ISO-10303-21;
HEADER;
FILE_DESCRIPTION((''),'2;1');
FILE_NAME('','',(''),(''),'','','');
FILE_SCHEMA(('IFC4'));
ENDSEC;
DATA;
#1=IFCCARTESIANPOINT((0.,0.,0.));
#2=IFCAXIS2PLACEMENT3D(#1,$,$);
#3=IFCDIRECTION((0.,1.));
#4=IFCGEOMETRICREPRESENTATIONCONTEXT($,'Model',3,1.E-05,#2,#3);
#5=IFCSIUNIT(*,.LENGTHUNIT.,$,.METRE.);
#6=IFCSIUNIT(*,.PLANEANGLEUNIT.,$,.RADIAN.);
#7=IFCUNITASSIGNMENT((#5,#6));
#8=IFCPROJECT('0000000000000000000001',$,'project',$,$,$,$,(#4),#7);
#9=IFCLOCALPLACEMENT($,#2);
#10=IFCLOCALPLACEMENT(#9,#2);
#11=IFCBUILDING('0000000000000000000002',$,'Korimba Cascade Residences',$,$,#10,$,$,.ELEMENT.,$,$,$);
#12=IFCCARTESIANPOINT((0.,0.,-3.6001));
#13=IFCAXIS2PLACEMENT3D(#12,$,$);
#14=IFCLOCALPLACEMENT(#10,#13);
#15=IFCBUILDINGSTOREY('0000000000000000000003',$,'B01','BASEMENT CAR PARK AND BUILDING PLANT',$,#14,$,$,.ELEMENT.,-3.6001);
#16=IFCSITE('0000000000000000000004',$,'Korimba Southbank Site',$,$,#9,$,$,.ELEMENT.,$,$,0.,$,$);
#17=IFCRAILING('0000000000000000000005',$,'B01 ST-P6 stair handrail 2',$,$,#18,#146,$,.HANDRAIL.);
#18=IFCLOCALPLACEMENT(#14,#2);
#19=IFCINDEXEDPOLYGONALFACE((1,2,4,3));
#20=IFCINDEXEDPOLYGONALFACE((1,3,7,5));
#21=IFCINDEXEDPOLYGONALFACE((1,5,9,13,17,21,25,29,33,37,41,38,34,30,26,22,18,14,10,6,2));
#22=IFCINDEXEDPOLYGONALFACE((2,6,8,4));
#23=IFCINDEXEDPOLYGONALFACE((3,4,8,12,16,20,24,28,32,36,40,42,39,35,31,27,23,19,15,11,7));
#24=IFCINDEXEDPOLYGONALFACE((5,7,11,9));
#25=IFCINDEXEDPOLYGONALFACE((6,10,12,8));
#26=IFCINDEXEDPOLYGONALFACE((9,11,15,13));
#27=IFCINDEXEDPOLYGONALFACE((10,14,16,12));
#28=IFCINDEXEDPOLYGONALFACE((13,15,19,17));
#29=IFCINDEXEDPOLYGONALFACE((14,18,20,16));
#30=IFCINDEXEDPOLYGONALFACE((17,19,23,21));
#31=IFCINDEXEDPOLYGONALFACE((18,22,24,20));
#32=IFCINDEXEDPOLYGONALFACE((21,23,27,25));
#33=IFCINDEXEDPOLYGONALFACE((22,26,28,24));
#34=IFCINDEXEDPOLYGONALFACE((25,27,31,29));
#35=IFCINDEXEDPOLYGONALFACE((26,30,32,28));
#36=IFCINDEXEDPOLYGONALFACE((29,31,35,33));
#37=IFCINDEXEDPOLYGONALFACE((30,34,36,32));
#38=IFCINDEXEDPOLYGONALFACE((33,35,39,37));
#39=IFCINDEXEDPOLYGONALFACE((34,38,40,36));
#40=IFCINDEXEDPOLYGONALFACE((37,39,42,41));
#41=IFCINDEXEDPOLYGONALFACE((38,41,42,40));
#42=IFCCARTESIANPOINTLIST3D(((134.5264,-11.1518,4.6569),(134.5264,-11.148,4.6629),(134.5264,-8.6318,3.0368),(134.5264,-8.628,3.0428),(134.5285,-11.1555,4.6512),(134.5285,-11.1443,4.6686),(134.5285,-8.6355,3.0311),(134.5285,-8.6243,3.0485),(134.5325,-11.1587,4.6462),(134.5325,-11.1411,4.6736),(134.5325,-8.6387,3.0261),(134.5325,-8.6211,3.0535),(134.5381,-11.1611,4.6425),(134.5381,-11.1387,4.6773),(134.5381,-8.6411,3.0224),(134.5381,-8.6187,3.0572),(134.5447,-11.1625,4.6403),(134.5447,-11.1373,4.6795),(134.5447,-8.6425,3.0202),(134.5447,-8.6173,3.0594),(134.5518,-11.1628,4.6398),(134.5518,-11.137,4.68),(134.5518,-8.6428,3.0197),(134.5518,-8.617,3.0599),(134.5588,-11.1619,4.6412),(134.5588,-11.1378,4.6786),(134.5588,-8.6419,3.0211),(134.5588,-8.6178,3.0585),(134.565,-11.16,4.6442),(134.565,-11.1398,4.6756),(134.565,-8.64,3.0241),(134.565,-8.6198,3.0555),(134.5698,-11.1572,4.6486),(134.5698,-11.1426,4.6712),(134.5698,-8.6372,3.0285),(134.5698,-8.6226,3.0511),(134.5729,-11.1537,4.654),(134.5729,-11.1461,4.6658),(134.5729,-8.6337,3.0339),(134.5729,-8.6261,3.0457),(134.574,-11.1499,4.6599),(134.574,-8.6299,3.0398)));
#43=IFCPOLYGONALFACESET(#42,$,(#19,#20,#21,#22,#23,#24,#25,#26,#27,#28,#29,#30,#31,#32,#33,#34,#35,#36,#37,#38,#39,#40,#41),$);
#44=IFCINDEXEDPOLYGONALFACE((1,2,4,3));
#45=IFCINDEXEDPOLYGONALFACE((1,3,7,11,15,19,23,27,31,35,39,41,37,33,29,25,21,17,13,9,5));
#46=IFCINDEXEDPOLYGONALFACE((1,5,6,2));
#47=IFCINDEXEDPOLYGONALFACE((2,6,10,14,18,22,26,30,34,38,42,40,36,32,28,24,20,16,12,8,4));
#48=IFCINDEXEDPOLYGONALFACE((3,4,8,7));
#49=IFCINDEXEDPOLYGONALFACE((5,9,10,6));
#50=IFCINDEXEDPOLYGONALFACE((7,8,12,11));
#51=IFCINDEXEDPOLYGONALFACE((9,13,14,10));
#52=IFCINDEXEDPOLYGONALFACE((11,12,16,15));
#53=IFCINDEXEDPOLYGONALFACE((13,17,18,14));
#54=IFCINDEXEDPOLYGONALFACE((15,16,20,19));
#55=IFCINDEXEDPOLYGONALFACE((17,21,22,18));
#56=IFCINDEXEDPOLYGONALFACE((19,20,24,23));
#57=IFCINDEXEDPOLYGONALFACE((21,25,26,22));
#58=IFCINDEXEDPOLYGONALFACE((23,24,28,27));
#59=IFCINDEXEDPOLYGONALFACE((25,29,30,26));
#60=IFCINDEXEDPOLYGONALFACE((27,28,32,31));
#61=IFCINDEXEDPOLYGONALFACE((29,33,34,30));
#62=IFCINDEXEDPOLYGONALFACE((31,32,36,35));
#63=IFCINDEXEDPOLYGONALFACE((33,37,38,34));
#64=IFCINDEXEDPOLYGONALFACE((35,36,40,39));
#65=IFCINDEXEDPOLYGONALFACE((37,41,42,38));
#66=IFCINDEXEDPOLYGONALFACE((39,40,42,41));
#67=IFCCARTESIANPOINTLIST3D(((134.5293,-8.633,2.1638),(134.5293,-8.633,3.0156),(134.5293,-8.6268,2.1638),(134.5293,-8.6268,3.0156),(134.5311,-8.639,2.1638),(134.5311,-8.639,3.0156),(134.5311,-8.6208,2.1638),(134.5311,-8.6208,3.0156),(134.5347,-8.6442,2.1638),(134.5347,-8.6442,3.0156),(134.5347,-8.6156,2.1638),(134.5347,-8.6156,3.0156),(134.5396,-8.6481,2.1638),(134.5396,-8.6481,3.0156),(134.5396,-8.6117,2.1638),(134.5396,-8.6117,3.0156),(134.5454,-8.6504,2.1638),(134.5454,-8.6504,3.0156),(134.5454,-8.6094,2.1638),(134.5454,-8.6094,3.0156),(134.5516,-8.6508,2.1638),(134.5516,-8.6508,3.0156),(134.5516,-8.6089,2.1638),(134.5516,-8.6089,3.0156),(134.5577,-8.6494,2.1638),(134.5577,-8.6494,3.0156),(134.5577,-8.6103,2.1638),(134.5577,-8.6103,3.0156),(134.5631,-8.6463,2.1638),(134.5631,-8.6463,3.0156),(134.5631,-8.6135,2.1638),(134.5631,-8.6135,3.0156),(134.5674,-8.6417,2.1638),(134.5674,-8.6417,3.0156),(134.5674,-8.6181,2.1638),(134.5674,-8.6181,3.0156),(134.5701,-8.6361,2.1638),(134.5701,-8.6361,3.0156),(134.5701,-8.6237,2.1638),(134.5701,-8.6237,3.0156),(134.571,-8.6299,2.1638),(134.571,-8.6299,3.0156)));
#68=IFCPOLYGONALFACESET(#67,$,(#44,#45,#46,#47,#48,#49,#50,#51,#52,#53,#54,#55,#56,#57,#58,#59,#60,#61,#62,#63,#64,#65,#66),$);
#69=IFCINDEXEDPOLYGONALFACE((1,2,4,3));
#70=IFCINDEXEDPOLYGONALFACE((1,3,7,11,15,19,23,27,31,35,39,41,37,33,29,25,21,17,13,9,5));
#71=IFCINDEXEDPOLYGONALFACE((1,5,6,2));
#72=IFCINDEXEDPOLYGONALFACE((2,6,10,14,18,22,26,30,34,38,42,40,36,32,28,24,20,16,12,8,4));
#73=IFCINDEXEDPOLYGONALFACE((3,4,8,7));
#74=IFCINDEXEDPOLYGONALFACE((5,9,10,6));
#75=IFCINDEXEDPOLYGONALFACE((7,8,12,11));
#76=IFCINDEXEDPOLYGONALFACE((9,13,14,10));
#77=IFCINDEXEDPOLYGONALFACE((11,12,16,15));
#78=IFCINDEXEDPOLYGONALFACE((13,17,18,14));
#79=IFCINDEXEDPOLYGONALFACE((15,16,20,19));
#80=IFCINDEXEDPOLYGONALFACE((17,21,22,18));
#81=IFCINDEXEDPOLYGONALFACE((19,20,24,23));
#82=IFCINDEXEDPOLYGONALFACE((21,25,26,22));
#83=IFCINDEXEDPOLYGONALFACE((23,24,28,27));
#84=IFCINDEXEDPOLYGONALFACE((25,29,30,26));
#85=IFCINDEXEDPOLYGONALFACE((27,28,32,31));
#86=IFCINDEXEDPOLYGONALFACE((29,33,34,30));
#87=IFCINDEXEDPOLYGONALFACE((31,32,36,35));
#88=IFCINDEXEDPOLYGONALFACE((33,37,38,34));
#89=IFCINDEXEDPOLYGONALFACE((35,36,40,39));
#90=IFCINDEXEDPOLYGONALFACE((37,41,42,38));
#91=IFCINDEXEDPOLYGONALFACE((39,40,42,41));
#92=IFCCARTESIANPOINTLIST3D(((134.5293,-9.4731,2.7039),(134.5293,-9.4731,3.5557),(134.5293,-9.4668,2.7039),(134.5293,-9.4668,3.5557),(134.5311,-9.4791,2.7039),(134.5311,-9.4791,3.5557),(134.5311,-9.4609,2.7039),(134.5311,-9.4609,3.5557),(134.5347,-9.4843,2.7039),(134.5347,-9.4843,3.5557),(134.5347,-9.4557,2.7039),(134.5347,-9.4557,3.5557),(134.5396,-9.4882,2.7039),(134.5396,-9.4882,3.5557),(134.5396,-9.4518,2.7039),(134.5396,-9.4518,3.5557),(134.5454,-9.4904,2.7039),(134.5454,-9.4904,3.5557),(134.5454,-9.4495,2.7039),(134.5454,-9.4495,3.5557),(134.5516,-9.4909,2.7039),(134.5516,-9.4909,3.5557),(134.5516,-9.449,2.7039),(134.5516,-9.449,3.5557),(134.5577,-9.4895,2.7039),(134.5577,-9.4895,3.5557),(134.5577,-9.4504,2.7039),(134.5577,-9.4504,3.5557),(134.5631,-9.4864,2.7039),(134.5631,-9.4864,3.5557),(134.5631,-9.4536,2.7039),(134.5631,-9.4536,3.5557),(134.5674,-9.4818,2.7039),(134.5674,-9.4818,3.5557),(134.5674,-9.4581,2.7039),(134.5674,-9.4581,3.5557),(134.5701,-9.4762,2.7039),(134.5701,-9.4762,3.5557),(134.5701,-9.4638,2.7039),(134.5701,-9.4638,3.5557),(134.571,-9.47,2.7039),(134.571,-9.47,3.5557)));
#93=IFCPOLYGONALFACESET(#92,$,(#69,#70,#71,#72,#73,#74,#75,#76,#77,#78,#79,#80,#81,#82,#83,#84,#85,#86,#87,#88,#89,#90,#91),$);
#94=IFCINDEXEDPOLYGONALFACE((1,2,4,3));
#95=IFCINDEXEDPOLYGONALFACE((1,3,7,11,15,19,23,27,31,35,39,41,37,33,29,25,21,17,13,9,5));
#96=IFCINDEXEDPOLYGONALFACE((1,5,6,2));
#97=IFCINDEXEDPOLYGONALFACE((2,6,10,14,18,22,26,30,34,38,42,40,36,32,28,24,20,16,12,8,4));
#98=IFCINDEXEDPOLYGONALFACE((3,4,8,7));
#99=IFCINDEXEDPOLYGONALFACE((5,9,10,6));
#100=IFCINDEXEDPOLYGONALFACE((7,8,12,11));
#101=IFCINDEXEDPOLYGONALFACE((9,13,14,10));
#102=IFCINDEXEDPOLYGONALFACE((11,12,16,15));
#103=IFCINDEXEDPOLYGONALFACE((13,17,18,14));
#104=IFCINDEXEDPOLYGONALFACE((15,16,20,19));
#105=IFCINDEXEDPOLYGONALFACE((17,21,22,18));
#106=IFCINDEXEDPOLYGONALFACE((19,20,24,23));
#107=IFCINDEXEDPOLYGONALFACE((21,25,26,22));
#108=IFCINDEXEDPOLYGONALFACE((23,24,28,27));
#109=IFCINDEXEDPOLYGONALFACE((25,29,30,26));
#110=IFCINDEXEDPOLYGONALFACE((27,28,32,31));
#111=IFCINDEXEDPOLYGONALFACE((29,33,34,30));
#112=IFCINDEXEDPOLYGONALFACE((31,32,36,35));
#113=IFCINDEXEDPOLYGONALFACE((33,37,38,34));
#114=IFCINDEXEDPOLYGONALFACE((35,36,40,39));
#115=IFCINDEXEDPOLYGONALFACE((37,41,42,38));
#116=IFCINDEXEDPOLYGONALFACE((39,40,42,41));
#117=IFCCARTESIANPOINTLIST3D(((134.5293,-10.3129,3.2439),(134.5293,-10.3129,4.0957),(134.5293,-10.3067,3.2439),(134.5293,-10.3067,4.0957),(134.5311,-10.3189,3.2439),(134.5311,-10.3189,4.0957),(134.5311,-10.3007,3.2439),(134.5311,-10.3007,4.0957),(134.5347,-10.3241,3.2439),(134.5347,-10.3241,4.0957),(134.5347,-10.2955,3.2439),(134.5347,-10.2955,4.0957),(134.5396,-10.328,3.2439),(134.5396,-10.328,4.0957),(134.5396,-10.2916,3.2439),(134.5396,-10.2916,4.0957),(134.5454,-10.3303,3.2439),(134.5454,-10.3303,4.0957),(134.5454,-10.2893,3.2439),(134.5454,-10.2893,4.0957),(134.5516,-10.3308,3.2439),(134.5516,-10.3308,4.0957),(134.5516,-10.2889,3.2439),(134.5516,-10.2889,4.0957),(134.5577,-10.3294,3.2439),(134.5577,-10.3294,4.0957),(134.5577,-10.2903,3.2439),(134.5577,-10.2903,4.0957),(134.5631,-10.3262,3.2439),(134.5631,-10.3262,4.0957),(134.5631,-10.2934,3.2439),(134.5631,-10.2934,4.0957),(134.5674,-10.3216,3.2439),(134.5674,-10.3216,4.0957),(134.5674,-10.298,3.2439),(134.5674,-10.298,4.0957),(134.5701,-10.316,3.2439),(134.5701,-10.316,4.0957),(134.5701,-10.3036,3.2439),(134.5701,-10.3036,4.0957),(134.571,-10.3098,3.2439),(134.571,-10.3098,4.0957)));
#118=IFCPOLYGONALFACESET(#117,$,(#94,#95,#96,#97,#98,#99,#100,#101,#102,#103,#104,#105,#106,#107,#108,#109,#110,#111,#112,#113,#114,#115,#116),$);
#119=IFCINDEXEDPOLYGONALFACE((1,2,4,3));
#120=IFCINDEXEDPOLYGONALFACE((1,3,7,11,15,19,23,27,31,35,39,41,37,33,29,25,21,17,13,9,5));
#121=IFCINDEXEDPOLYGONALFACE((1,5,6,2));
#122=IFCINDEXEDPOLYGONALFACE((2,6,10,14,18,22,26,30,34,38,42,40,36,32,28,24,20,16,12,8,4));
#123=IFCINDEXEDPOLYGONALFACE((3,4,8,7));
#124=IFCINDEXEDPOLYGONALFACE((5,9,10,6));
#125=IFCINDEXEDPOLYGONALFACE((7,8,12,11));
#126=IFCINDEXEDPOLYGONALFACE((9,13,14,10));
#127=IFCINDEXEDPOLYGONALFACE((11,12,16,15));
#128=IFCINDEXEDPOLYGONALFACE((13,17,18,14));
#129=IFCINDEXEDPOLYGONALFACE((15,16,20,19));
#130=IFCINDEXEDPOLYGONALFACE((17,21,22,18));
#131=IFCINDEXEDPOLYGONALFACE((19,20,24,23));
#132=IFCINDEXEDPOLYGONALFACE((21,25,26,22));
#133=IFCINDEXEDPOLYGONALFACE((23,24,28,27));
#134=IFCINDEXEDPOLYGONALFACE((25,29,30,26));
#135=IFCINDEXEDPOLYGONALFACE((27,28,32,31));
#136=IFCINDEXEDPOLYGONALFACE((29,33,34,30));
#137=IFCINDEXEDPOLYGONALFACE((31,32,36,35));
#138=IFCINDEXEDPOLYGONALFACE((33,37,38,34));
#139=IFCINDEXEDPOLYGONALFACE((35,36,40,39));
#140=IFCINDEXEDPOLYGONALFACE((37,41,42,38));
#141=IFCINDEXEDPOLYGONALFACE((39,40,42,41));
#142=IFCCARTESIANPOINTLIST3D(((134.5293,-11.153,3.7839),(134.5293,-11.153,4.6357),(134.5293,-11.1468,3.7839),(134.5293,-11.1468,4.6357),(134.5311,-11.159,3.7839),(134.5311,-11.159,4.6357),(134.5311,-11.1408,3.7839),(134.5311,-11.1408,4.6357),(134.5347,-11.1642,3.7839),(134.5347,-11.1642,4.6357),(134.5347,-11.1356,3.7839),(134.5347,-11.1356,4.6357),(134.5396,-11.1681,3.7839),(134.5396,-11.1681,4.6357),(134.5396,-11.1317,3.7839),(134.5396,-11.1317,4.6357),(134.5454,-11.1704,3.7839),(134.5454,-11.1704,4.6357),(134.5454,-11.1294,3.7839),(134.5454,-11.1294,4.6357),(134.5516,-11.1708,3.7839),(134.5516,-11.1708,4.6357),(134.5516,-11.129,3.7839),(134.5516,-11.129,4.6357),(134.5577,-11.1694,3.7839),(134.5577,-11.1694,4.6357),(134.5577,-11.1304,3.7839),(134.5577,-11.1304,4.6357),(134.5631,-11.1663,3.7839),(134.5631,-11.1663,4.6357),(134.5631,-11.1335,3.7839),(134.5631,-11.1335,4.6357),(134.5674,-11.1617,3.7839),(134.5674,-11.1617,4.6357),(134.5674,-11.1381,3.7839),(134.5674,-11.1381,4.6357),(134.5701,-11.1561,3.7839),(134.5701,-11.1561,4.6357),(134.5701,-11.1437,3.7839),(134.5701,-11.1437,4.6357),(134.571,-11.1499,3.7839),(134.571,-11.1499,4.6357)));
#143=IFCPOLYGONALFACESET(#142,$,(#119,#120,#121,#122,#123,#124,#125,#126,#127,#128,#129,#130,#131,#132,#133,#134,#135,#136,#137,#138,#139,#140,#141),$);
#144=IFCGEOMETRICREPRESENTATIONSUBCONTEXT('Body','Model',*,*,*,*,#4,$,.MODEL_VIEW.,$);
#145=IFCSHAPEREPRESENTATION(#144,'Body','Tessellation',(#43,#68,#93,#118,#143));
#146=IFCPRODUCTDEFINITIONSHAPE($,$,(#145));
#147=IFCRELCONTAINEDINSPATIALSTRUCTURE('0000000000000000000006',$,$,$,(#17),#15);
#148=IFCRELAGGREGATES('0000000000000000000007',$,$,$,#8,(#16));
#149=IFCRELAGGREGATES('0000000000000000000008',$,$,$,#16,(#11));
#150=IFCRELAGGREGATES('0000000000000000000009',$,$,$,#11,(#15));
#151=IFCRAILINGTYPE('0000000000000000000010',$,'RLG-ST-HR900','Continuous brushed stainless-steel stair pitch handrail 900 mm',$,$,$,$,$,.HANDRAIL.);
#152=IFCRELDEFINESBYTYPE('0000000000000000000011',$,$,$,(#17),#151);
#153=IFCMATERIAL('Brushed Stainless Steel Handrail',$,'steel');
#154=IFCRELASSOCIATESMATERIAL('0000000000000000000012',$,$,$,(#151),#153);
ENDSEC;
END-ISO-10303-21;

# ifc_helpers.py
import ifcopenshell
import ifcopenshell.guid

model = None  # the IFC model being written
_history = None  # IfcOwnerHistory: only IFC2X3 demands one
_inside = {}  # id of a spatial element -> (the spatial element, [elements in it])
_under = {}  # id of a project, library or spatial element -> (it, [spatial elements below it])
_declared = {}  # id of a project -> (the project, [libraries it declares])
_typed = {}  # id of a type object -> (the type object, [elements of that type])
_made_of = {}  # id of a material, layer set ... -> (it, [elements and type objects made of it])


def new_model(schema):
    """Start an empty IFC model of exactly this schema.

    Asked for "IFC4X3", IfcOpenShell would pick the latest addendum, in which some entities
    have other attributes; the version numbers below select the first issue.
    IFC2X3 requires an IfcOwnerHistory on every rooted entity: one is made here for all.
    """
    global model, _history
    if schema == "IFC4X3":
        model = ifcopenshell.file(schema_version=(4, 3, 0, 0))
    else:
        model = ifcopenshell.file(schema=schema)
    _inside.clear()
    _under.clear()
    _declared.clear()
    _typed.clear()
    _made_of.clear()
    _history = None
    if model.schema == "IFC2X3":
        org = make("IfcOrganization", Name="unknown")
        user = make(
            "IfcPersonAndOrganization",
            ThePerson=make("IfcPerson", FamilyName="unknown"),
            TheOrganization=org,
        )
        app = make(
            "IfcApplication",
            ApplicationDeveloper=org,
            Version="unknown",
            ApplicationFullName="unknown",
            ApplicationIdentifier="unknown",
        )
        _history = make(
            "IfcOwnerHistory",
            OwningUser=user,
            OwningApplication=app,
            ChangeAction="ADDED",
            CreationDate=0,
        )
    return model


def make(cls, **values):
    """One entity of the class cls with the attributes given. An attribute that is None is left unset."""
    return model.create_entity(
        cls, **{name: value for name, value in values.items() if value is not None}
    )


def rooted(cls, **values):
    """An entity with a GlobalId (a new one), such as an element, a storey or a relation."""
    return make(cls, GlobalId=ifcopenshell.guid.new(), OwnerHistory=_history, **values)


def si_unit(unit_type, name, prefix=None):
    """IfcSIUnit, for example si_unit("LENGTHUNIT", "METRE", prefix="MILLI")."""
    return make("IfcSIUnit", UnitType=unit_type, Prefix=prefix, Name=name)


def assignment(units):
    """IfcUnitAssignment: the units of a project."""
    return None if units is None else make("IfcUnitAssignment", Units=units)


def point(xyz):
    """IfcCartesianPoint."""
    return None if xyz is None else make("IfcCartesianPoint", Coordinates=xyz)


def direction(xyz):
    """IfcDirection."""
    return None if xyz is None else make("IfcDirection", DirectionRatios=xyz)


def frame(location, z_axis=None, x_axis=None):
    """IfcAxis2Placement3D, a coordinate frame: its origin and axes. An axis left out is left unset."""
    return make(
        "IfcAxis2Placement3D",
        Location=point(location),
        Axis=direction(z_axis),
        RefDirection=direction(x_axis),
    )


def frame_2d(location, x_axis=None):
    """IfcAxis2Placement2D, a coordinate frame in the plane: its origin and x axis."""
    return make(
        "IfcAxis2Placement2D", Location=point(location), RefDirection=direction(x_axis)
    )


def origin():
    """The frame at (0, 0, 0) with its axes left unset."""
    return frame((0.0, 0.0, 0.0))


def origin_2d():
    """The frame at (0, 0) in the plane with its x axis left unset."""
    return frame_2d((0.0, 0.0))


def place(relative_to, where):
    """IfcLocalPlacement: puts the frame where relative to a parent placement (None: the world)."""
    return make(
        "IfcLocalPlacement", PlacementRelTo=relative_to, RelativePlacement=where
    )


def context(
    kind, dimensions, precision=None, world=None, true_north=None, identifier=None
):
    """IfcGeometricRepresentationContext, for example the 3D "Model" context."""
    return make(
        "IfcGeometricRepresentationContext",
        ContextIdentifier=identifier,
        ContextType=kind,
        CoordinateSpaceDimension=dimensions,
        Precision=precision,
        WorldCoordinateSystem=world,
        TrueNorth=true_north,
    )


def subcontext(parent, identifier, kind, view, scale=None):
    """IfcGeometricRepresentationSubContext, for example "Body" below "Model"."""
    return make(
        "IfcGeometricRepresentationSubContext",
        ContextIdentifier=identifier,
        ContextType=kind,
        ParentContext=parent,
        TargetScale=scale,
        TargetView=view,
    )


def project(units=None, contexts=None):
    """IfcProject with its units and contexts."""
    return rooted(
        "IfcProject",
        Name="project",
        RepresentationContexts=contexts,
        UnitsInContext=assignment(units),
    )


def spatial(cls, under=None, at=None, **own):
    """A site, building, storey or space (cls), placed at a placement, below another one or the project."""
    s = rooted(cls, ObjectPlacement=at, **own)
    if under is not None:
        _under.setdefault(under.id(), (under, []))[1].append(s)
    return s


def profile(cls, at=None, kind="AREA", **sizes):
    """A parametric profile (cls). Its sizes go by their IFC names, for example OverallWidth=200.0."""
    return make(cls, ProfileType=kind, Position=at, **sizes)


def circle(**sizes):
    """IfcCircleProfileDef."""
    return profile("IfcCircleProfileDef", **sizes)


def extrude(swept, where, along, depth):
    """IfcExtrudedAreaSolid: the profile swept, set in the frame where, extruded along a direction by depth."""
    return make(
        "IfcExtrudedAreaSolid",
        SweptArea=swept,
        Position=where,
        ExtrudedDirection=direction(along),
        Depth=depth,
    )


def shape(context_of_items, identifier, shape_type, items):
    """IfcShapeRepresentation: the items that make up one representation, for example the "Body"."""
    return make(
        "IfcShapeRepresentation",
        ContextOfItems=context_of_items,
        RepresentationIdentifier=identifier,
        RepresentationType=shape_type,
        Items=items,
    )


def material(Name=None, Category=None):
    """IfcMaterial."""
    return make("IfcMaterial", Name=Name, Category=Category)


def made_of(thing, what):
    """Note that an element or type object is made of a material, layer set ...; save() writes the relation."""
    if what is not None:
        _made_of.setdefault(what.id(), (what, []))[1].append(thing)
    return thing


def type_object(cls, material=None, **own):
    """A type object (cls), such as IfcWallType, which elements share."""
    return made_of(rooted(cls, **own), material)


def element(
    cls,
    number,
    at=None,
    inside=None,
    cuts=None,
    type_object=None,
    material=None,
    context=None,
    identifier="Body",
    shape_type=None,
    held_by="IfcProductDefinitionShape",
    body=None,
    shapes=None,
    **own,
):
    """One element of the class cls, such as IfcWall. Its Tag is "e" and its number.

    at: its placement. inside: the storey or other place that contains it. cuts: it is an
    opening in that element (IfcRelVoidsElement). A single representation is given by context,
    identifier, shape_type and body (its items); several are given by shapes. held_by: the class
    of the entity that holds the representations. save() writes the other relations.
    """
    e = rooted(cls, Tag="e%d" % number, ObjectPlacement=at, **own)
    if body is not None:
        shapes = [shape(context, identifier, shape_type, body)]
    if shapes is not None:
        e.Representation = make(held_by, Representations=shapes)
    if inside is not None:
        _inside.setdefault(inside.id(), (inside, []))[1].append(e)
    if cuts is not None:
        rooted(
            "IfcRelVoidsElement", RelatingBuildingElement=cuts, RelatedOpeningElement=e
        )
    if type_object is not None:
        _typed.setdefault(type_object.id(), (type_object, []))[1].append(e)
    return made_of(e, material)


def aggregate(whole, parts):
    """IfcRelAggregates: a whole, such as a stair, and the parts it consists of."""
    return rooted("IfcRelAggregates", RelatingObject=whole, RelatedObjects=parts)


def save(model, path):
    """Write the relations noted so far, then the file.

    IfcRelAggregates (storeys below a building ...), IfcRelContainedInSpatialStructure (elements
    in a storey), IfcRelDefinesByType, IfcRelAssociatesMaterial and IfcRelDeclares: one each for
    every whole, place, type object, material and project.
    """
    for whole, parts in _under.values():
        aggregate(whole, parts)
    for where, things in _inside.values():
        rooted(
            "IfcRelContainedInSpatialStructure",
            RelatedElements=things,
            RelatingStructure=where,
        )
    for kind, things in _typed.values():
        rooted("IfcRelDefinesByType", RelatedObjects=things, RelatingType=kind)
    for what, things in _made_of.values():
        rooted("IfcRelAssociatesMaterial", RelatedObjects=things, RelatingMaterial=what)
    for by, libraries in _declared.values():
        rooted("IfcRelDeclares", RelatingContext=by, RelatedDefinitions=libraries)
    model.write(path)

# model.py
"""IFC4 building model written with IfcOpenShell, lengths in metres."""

from ifc_helpers import new_model, si_unit, direction, frame, origin, origin_2d, place, context, subcontext, project, spatial, circle, extrude, material, type_object, element, save


model = new_model("IFC4")

# Units and contexts
model_context = context("Model", 3, precision=1e-05, world=origin(), true_north=direction((0.0, 1.0)))
body_context = subcontext(model_context, "Body", "Model", "MODEL_VIEW")
ifc_project = project(units=[si_unit("LENGTHUNIT", "METRE"), si_unit("PLANEANGLEUNIT", "RADIAN")], contexts=[model_context])

# Site, building, storey
site_placement = place(None, origin())
site = spatial("IfcSite", under=ifc_project, at=site_placement, Name="Korimba Southbank Site", CompositionType="ELEMENT", RefElevation=0.0)
building_placement = place(site_placement, origin())
building = spatial("IfcBuilding", under=site, at=building_placement, Name="Korimba Cascade Residences", CompositionType="ELEMENT")
storey_placement = place(building_placement, frame((0.0, 0.0, -3.6001)))
storey = spatial("IfcBuildingStorey", under=building, at=storey_placement, Name="B01", Description="BASEMENT CAR PARK AND BUILDING PLANT", CompositionType="ELEMENT", Elevation=-3.6001)

# Railing
ifc_material_1 = material(Name="Brushed Stainless Steel Handrail", Category="steel")
railing_type_1 = type_object("IfcRailingType", Name="RLG-ST-HR900", Description="Continuous brushed stainless-steel stair pitch handrail 900 mm", PredefinedType="HANDRAIL", material=ifc_material_1)
railing_1_placement = place(storey_placement, frame((134.55, -8.6299, 2.1638)))
element("IfcRailing", 1, at=railing_1_placement, inside=storey, type_object=railing_type_1, Name="B01 ST-P6 stair handrail 2", PredefinedType="HANDRAIL", context=body_context, shape_type="SweptSolid", body=[
    extrude(circle(Radius=0.0239, at=origin_2d()), frame((0.0, 0.0, 0.876), z_axis=(0.0, -0.841163, 0.540782), x_axis=(1.0, 0.0, 0.0)), (0.0, 0.0, 1.0), 2.9958),
    extrude(circle(Radius=0.021, at=origin_2d()), origin(), (0.0, 0.0, 1.0), 0.8518),
    extrude(circle(Radius=0.021, at=origin_2d()), frame((0.0, -0.8401, 0.54)), (0.0, 0.0, 1.0), 0.8518),
    extrude(circle(Radius=0.021, at=origin_2d()), frame((0.0, -1.6799, 1.0801)), (0.0, 0.0, 1.0), 0.8518),
    extrude(circle(Radius=0.021, at=origin_2d()), frame((0.0, -2.52, 1.6201)), (0.0, 0.0, 1.0), 0.8518),
])

save(model, "model.ifc")
